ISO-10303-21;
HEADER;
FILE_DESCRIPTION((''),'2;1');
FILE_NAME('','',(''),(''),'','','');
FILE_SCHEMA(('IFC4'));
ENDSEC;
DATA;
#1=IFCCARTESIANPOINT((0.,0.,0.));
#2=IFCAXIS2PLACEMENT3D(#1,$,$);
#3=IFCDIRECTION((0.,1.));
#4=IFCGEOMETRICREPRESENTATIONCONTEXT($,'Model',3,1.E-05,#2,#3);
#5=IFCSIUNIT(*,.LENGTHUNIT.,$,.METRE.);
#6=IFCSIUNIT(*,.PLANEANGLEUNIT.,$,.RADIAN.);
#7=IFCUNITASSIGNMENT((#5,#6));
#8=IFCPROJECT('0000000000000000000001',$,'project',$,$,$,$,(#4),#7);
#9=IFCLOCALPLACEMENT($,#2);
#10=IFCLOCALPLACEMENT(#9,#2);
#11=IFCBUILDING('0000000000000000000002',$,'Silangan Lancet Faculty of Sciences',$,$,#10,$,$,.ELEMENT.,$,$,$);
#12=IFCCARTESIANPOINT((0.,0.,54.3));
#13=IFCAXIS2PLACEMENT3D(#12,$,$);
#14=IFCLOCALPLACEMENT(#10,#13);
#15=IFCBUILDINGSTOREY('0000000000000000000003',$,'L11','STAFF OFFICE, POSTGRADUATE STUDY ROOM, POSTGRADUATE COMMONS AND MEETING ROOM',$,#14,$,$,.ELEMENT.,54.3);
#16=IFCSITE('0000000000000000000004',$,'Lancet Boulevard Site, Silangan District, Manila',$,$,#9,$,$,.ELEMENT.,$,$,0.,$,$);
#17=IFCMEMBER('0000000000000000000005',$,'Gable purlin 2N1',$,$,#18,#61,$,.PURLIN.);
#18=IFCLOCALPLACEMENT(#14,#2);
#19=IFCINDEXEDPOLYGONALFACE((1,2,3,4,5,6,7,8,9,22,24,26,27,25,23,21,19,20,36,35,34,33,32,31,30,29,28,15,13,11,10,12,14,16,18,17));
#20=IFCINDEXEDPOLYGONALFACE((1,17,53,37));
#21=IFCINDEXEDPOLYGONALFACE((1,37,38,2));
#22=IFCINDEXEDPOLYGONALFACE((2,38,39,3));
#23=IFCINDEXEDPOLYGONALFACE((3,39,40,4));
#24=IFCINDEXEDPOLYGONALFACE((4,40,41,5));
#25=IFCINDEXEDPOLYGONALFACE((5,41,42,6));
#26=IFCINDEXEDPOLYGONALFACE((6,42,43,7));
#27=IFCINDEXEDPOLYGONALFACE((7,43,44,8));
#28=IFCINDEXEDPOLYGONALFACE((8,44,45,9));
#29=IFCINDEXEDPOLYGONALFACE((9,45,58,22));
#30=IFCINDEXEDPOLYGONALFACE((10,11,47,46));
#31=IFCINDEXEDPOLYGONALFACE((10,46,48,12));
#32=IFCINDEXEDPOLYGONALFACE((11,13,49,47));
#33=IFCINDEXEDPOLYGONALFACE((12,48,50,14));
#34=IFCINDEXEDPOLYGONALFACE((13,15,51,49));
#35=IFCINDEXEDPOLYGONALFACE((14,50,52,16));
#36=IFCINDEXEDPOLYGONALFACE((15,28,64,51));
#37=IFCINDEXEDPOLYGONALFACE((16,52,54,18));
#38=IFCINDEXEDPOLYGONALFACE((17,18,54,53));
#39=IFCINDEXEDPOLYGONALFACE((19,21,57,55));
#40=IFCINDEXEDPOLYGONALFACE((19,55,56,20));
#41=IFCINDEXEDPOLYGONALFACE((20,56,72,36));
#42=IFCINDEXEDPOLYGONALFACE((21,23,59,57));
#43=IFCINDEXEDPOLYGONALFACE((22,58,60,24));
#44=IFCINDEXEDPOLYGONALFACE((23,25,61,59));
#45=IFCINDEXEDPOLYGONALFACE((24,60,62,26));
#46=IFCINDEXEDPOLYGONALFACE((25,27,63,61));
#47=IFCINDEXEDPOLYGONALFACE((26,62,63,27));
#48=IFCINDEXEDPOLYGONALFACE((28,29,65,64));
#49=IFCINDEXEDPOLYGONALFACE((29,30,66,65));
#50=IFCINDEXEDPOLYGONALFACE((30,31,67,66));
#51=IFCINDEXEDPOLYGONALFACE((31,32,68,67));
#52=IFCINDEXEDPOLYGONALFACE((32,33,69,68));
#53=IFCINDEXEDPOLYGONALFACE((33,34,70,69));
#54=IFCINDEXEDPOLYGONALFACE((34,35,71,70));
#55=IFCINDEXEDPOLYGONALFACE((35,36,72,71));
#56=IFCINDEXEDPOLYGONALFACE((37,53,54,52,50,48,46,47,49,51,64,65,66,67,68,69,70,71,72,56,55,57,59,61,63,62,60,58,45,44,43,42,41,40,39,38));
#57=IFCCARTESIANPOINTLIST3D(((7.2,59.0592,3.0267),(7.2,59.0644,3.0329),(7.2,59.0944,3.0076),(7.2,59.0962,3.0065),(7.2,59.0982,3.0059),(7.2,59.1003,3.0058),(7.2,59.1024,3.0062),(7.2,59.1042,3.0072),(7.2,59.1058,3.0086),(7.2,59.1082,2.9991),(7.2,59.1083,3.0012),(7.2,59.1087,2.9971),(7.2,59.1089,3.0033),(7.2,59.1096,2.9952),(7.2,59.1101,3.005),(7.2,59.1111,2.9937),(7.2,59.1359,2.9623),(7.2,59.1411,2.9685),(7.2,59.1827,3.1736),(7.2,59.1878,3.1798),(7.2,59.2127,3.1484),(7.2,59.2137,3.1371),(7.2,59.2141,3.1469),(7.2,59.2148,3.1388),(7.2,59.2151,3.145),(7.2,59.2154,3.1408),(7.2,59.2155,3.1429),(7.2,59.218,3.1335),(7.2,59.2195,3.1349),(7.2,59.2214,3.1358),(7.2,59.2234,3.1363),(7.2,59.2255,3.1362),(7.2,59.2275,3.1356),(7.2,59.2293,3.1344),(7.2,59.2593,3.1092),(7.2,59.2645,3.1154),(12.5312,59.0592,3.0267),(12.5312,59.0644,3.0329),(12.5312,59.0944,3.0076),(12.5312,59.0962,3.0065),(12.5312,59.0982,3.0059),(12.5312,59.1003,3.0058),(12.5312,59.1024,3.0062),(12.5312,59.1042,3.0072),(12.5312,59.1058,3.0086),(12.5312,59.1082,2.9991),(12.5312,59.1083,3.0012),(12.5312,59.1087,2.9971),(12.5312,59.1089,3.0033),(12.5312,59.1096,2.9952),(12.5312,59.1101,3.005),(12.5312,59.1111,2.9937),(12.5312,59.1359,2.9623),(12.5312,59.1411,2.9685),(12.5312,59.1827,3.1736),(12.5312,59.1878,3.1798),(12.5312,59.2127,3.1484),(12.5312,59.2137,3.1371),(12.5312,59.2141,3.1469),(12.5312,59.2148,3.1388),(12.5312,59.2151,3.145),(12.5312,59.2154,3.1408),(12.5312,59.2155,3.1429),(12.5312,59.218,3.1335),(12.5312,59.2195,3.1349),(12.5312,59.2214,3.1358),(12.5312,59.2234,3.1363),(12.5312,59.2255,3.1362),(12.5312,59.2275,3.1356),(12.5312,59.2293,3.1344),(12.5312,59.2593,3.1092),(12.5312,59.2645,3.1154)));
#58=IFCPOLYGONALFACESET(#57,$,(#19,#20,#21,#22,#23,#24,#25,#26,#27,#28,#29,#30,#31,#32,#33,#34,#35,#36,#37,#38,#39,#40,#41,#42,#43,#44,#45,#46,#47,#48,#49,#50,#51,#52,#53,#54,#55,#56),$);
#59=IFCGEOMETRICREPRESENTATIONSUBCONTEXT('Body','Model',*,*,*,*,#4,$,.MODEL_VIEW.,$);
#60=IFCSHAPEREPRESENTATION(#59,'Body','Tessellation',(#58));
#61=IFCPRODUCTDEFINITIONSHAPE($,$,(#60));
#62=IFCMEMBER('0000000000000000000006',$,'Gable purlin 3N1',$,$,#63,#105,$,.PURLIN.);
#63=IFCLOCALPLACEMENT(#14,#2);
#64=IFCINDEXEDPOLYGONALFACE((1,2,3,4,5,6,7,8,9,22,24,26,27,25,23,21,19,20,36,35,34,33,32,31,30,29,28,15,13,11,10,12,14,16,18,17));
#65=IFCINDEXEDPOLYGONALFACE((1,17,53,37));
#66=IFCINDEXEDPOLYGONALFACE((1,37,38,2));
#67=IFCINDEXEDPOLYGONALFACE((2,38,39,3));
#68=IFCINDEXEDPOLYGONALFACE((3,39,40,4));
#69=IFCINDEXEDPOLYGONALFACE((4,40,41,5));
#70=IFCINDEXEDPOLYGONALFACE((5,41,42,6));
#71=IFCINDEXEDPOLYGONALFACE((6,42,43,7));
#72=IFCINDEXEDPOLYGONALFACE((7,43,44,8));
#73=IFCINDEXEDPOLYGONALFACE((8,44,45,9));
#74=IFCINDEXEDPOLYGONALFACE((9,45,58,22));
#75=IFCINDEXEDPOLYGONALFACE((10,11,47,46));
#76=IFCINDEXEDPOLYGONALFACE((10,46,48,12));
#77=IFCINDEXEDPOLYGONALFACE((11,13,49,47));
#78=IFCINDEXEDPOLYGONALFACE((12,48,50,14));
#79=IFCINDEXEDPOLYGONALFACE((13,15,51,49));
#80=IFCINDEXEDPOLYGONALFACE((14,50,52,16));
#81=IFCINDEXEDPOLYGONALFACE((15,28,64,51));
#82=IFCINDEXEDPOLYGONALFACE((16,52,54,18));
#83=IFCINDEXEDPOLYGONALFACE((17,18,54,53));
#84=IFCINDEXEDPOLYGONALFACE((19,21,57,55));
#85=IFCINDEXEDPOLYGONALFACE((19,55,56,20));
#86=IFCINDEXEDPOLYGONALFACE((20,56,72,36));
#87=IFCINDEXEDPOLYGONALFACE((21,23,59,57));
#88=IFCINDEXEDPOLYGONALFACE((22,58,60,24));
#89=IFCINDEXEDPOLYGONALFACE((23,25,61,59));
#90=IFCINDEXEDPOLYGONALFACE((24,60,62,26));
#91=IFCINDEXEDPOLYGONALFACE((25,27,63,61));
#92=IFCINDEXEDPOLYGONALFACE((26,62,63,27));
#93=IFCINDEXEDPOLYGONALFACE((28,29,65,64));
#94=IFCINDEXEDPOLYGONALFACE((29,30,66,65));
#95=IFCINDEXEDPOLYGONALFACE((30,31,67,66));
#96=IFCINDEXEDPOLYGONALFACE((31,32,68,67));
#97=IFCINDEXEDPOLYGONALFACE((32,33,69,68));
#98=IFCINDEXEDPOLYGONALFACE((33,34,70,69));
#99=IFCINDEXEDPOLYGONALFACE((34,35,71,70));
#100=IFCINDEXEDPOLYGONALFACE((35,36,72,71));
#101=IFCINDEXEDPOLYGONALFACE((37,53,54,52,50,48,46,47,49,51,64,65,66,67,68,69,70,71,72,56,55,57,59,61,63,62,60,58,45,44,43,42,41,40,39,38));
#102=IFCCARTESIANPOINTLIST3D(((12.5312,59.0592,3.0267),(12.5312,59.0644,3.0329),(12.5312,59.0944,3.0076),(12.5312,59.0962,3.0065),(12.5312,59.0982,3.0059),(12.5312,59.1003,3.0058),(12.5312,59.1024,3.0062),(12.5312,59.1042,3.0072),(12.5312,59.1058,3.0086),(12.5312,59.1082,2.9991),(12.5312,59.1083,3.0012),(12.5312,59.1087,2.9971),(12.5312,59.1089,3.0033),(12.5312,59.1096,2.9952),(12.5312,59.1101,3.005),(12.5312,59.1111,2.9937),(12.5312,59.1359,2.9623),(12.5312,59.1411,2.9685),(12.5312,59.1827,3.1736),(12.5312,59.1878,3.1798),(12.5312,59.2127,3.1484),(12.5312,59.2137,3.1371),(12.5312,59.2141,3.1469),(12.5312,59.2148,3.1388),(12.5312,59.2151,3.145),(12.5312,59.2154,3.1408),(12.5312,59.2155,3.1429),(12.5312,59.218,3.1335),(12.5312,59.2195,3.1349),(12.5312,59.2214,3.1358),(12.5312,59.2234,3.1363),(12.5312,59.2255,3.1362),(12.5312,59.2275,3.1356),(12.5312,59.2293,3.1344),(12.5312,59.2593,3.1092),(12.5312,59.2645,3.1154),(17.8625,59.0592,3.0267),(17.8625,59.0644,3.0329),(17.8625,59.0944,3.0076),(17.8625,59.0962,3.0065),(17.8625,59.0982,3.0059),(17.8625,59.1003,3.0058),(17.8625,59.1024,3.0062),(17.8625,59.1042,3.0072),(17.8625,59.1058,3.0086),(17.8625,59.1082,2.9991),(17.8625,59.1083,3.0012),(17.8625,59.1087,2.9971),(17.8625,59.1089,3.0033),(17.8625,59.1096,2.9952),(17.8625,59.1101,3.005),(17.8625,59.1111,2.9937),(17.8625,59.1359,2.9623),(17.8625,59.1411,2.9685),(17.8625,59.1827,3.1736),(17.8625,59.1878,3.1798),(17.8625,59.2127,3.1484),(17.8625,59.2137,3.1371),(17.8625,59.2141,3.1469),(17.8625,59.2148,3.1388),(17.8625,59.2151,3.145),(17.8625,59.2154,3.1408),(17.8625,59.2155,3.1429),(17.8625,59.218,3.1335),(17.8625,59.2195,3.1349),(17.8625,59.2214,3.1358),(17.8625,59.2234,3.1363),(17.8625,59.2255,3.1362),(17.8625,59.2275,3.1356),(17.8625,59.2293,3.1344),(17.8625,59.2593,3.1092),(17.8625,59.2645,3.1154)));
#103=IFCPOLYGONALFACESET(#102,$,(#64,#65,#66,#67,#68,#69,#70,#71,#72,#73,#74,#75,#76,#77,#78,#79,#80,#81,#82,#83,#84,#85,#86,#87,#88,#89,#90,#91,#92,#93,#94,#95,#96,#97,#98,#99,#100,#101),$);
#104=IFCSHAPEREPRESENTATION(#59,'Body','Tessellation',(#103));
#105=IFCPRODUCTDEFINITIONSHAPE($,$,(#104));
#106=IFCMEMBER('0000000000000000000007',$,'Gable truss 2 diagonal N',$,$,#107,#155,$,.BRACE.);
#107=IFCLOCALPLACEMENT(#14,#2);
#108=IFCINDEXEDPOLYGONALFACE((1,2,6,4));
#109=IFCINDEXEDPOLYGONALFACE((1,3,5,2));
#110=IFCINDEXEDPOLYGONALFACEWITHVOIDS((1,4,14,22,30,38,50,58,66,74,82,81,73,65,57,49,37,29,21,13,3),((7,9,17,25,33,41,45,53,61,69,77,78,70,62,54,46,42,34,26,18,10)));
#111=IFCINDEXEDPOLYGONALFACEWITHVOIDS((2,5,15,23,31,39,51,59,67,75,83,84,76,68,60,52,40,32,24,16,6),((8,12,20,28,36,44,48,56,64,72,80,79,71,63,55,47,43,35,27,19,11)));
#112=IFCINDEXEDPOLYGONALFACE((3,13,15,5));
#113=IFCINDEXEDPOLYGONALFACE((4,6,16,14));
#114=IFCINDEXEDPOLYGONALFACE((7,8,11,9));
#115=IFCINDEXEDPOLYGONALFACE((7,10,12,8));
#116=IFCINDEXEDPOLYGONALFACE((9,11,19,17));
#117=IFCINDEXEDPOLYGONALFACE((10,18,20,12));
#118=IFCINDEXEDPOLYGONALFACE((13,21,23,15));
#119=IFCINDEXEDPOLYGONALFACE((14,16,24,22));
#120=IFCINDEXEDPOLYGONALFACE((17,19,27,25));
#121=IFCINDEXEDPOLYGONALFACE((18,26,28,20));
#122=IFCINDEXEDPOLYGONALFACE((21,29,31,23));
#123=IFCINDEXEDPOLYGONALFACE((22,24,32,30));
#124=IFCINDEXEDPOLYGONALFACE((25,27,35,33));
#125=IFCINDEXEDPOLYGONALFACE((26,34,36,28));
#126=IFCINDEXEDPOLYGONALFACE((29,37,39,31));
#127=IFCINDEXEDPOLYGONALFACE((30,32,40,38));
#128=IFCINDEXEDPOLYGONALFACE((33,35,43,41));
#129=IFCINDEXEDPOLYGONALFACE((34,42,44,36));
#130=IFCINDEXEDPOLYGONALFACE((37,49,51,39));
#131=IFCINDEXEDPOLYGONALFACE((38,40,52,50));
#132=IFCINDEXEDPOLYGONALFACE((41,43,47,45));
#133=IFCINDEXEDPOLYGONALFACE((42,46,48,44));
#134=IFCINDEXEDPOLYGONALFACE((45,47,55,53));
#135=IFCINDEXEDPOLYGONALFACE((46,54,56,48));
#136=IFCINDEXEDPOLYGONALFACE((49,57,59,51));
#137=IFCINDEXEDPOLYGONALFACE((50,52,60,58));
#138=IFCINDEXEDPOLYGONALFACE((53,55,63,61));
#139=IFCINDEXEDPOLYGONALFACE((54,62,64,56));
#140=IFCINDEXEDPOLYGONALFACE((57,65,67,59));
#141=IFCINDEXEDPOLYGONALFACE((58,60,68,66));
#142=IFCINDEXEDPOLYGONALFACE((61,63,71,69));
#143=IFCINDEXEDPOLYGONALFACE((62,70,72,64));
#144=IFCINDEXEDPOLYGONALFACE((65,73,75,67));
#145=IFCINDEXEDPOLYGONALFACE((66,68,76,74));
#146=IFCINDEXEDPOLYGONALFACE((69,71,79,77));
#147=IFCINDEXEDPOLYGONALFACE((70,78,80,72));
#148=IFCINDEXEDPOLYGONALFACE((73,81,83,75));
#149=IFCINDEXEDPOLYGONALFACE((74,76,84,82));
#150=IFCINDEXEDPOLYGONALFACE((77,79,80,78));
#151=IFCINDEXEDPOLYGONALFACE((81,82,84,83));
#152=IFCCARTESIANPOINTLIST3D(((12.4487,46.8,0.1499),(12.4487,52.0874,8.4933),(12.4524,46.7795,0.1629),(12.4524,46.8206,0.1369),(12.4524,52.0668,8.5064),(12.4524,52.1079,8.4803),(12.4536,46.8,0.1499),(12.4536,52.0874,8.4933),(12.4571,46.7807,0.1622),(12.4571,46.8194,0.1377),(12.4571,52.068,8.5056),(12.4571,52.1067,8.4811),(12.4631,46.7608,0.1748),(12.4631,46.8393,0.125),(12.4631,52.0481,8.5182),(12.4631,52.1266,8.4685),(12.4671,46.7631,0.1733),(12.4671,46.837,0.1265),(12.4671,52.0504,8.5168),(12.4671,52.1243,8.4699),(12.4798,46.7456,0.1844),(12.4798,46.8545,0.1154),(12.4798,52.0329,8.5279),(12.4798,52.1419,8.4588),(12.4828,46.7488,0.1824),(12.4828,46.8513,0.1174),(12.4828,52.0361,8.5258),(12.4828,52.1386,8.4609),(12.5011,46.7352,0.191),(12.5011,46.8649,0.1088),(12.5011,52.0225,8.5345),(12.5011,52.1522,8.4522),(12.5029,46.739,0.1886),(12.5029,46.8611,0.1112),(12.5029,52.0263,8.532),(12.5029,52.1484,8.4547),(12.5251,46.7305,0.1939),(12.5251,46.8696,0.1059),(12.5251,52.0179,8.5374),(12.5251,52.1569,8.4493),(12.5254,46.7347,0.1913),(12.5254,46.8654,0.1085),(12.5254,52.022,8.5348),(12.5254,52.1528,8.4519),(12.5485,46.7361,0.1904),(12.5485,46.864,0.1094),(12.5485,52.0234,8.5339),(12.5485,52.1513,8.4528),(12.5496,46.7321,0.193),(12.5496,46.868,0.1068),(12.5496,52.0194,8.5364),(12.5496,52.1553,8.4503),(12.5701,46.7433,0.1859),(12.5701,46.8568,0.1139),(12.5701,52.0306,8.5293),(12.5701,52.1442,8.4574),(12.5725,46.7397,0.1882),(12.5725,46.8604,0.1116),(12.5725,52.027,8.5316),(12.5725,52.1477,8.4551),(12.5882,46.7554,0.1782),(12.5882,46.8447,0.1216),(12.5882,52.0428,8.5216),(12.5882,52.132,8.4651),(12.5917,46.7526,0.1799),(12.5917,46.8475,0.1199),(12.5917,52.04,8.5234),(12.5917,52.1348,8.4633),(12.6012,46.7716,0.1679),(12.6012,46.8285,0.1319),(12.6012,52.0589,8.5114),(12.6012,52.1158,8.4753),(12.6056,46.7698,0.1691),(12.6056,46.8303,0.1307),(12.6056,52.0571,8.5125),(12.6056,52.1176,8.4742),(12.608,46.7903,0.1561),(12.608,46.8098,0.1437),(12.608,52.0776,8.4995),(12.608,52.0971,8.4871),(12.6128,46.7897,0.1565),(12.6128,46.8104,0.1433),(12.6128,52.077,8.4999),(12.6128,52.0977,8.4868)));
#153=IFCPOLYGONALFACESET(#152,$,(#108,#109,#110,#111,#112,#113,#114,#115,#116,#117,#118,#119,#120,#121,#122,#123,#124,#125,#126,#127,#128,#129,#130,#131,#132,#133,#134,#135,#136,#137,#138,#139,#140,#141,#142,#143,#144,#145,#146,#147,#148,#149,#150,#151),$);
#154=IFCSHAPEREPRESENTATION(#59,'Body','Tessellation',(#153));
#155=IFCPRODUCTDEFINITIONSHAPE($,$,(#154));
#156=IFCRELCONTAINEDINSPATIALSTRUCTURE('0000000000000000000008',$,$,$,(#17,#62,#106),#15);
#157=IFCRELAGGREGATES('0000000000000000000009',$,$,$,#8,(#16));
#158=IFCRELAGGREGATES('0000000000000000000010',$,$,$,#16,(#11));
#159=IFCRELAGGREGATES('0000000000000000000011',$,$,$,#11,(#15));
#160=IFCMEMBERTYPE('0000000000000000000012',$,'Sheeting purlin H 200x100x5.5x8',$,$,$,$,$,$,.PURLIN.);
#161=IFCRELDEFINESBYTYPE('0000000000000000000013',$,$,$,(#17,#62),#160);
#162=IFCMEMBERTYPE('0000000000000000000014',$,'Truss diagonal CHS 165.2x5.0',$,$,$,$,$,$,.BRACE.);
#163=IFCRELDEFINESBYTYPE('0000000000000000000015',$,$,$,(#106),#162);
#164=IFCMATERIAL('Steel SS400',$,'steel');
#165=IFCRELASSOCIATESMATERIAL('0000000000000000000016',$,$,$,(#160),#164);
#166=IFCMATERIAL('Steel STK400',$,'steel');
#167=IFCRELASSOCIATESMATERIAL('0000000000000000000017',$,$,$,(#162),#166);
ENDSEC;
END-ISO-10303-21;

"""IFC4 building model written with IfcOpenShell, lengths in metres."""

from ifc_helpers import new_model, si_unit, direction, frame, origin, origin_2d, place, context, subcontext, project, spatial, hollow_circle, i_section, extrude, material, material_profile, profile_set, type_object, element, save


model = new_model("IFC4")

# Units and contexts
model_context = context("Model", 3, precision=1e-05, world=origin(), true_north=direction((0.0, 1.0)))
body_context = subcontext(model_context, "Body", "Model", "MODEL_VIEW")
ifc_project = project(units=[si_unit("LENGTHUNIT", "METRE"), si_unit("PLANEANGLEUNIT", "RADIAN")], contexts=[model_context])

# Site, building, storey
site_placement = place(None, origin())
site = spatial("IfcSite", under=ifc_project, at=site_placement, Name="Lancet Boulevard Site, Silangan District, Manila", CompositionType="ELEMENT", RefElevation=0.0)
building_placement = place(site_placement, origin())
building = spatial("IfcBuilding", under=site, at=building_placement, Name="Silangan Lancet Faculty of Sciences", CompositionType="ELEMENT")
storey_placement = place(building_placement, frame((0.0, 0.0, 54.3)))
storey = spatial("IfcBuildingStorey", under=building, at=storey_placement, Name="L11", Description="STAFF OFFICE, POSTGRADUATE STUDY ROOM, POSTGRADUATE COMMONS AND MEETING ROOM", CompositionType="ELEMENT", Elevation=54.3)

# Members
ifc_material_1 = material(Name="Steel SS400", Category="steel")
ifc_material_profile_1 = material_profile(ifc_material_1, i_section(OverallWidth=0.1001, OverallDepth=0.2, WebThickness=0.0056, FlangeThickness=0.0081, FilletRadius=0.0081, at=origin_2d()), Name="H 200x100x5.5x8")
ifc_profile_set_1 = profile_set([ifc_material_profile_1], Name="Steel SS400")
member_type_1 = type_object("IfcMemberType", Name="Sheeting purlin H 200x100x5.5x8", PredefinedType="PURLIN", material=ifc_profile_set_1)
for number, where, z_axis, x_axis, name in (
    (1, (7.2, 59.1619, 3.071), (1.0, 0.0, 0.0), (0.0, 0.765705, -0.643192), "Gable purlin 2N1"),
    (2, (12.5312, 59.1619, 3.071), (1.0, 0.0, 0.0), (0.0, 0.765705, -0.643192), "Gable purlin 3N1"),
):
    element("IfcMember", number, at=place(storey_placement, frame(where, z_axis=z_axis, x_axis=x_axis)), inside=storey, type_object=member_type_1, Name=name, PredefinedType="PURLIN", context=body_context, shape_type="SweptSolid", body=[
        extrude(i_section(OverallWidth=0.1001, OverallDepth=0.2, WebThickness=0.0056, FlangeThickness=0.0081, FilletRadius=0.0081, at=origin_2d()), origin(), (0.0, 0.0, 1.0), 5.3313),
    ])
ifc_material_2 = material(Name="Steel STK400", Category="steel")
ifc_material_profile_2 = material_profile(ifc_material_2, hollow_circle(Radius=0.0825, WallThickness=0.0049, at=origin_2d()), Name="CHS 165.2x5.0")
ifc_profile_set_2 = profile_set([ifc_material_profile_2], Name="Steel STK400")
member_type_2 = type_object("IfcMemberType", Name="Truss diagonal CHS 165.2x5.0", PredefinedType="BRACE", material=ifc_profile_set_2)
member_1_placement = place(storey_placement, frame((12.5312, 46.8, 0.1499), z_axis=(0.0, 0.535278, 0.844676), x_axis=(-1.0, 0.0, 0.0)))
element("IfcMember", 3, at=member_1_placement, inside=storey, type_object=member_type_2, Name="Gable truss 2 diagonal N", PredefinedType="BRACE", context=body_context, shape_type="SweptSolid", body=[
    extrude(hollow_circle(Radius=0.0825, WallThickness=0.0049, at=origin_2d()), origin(), (0.0, 0.0, 1.0), 9.8777),
])

save(model, "model.ifc")
